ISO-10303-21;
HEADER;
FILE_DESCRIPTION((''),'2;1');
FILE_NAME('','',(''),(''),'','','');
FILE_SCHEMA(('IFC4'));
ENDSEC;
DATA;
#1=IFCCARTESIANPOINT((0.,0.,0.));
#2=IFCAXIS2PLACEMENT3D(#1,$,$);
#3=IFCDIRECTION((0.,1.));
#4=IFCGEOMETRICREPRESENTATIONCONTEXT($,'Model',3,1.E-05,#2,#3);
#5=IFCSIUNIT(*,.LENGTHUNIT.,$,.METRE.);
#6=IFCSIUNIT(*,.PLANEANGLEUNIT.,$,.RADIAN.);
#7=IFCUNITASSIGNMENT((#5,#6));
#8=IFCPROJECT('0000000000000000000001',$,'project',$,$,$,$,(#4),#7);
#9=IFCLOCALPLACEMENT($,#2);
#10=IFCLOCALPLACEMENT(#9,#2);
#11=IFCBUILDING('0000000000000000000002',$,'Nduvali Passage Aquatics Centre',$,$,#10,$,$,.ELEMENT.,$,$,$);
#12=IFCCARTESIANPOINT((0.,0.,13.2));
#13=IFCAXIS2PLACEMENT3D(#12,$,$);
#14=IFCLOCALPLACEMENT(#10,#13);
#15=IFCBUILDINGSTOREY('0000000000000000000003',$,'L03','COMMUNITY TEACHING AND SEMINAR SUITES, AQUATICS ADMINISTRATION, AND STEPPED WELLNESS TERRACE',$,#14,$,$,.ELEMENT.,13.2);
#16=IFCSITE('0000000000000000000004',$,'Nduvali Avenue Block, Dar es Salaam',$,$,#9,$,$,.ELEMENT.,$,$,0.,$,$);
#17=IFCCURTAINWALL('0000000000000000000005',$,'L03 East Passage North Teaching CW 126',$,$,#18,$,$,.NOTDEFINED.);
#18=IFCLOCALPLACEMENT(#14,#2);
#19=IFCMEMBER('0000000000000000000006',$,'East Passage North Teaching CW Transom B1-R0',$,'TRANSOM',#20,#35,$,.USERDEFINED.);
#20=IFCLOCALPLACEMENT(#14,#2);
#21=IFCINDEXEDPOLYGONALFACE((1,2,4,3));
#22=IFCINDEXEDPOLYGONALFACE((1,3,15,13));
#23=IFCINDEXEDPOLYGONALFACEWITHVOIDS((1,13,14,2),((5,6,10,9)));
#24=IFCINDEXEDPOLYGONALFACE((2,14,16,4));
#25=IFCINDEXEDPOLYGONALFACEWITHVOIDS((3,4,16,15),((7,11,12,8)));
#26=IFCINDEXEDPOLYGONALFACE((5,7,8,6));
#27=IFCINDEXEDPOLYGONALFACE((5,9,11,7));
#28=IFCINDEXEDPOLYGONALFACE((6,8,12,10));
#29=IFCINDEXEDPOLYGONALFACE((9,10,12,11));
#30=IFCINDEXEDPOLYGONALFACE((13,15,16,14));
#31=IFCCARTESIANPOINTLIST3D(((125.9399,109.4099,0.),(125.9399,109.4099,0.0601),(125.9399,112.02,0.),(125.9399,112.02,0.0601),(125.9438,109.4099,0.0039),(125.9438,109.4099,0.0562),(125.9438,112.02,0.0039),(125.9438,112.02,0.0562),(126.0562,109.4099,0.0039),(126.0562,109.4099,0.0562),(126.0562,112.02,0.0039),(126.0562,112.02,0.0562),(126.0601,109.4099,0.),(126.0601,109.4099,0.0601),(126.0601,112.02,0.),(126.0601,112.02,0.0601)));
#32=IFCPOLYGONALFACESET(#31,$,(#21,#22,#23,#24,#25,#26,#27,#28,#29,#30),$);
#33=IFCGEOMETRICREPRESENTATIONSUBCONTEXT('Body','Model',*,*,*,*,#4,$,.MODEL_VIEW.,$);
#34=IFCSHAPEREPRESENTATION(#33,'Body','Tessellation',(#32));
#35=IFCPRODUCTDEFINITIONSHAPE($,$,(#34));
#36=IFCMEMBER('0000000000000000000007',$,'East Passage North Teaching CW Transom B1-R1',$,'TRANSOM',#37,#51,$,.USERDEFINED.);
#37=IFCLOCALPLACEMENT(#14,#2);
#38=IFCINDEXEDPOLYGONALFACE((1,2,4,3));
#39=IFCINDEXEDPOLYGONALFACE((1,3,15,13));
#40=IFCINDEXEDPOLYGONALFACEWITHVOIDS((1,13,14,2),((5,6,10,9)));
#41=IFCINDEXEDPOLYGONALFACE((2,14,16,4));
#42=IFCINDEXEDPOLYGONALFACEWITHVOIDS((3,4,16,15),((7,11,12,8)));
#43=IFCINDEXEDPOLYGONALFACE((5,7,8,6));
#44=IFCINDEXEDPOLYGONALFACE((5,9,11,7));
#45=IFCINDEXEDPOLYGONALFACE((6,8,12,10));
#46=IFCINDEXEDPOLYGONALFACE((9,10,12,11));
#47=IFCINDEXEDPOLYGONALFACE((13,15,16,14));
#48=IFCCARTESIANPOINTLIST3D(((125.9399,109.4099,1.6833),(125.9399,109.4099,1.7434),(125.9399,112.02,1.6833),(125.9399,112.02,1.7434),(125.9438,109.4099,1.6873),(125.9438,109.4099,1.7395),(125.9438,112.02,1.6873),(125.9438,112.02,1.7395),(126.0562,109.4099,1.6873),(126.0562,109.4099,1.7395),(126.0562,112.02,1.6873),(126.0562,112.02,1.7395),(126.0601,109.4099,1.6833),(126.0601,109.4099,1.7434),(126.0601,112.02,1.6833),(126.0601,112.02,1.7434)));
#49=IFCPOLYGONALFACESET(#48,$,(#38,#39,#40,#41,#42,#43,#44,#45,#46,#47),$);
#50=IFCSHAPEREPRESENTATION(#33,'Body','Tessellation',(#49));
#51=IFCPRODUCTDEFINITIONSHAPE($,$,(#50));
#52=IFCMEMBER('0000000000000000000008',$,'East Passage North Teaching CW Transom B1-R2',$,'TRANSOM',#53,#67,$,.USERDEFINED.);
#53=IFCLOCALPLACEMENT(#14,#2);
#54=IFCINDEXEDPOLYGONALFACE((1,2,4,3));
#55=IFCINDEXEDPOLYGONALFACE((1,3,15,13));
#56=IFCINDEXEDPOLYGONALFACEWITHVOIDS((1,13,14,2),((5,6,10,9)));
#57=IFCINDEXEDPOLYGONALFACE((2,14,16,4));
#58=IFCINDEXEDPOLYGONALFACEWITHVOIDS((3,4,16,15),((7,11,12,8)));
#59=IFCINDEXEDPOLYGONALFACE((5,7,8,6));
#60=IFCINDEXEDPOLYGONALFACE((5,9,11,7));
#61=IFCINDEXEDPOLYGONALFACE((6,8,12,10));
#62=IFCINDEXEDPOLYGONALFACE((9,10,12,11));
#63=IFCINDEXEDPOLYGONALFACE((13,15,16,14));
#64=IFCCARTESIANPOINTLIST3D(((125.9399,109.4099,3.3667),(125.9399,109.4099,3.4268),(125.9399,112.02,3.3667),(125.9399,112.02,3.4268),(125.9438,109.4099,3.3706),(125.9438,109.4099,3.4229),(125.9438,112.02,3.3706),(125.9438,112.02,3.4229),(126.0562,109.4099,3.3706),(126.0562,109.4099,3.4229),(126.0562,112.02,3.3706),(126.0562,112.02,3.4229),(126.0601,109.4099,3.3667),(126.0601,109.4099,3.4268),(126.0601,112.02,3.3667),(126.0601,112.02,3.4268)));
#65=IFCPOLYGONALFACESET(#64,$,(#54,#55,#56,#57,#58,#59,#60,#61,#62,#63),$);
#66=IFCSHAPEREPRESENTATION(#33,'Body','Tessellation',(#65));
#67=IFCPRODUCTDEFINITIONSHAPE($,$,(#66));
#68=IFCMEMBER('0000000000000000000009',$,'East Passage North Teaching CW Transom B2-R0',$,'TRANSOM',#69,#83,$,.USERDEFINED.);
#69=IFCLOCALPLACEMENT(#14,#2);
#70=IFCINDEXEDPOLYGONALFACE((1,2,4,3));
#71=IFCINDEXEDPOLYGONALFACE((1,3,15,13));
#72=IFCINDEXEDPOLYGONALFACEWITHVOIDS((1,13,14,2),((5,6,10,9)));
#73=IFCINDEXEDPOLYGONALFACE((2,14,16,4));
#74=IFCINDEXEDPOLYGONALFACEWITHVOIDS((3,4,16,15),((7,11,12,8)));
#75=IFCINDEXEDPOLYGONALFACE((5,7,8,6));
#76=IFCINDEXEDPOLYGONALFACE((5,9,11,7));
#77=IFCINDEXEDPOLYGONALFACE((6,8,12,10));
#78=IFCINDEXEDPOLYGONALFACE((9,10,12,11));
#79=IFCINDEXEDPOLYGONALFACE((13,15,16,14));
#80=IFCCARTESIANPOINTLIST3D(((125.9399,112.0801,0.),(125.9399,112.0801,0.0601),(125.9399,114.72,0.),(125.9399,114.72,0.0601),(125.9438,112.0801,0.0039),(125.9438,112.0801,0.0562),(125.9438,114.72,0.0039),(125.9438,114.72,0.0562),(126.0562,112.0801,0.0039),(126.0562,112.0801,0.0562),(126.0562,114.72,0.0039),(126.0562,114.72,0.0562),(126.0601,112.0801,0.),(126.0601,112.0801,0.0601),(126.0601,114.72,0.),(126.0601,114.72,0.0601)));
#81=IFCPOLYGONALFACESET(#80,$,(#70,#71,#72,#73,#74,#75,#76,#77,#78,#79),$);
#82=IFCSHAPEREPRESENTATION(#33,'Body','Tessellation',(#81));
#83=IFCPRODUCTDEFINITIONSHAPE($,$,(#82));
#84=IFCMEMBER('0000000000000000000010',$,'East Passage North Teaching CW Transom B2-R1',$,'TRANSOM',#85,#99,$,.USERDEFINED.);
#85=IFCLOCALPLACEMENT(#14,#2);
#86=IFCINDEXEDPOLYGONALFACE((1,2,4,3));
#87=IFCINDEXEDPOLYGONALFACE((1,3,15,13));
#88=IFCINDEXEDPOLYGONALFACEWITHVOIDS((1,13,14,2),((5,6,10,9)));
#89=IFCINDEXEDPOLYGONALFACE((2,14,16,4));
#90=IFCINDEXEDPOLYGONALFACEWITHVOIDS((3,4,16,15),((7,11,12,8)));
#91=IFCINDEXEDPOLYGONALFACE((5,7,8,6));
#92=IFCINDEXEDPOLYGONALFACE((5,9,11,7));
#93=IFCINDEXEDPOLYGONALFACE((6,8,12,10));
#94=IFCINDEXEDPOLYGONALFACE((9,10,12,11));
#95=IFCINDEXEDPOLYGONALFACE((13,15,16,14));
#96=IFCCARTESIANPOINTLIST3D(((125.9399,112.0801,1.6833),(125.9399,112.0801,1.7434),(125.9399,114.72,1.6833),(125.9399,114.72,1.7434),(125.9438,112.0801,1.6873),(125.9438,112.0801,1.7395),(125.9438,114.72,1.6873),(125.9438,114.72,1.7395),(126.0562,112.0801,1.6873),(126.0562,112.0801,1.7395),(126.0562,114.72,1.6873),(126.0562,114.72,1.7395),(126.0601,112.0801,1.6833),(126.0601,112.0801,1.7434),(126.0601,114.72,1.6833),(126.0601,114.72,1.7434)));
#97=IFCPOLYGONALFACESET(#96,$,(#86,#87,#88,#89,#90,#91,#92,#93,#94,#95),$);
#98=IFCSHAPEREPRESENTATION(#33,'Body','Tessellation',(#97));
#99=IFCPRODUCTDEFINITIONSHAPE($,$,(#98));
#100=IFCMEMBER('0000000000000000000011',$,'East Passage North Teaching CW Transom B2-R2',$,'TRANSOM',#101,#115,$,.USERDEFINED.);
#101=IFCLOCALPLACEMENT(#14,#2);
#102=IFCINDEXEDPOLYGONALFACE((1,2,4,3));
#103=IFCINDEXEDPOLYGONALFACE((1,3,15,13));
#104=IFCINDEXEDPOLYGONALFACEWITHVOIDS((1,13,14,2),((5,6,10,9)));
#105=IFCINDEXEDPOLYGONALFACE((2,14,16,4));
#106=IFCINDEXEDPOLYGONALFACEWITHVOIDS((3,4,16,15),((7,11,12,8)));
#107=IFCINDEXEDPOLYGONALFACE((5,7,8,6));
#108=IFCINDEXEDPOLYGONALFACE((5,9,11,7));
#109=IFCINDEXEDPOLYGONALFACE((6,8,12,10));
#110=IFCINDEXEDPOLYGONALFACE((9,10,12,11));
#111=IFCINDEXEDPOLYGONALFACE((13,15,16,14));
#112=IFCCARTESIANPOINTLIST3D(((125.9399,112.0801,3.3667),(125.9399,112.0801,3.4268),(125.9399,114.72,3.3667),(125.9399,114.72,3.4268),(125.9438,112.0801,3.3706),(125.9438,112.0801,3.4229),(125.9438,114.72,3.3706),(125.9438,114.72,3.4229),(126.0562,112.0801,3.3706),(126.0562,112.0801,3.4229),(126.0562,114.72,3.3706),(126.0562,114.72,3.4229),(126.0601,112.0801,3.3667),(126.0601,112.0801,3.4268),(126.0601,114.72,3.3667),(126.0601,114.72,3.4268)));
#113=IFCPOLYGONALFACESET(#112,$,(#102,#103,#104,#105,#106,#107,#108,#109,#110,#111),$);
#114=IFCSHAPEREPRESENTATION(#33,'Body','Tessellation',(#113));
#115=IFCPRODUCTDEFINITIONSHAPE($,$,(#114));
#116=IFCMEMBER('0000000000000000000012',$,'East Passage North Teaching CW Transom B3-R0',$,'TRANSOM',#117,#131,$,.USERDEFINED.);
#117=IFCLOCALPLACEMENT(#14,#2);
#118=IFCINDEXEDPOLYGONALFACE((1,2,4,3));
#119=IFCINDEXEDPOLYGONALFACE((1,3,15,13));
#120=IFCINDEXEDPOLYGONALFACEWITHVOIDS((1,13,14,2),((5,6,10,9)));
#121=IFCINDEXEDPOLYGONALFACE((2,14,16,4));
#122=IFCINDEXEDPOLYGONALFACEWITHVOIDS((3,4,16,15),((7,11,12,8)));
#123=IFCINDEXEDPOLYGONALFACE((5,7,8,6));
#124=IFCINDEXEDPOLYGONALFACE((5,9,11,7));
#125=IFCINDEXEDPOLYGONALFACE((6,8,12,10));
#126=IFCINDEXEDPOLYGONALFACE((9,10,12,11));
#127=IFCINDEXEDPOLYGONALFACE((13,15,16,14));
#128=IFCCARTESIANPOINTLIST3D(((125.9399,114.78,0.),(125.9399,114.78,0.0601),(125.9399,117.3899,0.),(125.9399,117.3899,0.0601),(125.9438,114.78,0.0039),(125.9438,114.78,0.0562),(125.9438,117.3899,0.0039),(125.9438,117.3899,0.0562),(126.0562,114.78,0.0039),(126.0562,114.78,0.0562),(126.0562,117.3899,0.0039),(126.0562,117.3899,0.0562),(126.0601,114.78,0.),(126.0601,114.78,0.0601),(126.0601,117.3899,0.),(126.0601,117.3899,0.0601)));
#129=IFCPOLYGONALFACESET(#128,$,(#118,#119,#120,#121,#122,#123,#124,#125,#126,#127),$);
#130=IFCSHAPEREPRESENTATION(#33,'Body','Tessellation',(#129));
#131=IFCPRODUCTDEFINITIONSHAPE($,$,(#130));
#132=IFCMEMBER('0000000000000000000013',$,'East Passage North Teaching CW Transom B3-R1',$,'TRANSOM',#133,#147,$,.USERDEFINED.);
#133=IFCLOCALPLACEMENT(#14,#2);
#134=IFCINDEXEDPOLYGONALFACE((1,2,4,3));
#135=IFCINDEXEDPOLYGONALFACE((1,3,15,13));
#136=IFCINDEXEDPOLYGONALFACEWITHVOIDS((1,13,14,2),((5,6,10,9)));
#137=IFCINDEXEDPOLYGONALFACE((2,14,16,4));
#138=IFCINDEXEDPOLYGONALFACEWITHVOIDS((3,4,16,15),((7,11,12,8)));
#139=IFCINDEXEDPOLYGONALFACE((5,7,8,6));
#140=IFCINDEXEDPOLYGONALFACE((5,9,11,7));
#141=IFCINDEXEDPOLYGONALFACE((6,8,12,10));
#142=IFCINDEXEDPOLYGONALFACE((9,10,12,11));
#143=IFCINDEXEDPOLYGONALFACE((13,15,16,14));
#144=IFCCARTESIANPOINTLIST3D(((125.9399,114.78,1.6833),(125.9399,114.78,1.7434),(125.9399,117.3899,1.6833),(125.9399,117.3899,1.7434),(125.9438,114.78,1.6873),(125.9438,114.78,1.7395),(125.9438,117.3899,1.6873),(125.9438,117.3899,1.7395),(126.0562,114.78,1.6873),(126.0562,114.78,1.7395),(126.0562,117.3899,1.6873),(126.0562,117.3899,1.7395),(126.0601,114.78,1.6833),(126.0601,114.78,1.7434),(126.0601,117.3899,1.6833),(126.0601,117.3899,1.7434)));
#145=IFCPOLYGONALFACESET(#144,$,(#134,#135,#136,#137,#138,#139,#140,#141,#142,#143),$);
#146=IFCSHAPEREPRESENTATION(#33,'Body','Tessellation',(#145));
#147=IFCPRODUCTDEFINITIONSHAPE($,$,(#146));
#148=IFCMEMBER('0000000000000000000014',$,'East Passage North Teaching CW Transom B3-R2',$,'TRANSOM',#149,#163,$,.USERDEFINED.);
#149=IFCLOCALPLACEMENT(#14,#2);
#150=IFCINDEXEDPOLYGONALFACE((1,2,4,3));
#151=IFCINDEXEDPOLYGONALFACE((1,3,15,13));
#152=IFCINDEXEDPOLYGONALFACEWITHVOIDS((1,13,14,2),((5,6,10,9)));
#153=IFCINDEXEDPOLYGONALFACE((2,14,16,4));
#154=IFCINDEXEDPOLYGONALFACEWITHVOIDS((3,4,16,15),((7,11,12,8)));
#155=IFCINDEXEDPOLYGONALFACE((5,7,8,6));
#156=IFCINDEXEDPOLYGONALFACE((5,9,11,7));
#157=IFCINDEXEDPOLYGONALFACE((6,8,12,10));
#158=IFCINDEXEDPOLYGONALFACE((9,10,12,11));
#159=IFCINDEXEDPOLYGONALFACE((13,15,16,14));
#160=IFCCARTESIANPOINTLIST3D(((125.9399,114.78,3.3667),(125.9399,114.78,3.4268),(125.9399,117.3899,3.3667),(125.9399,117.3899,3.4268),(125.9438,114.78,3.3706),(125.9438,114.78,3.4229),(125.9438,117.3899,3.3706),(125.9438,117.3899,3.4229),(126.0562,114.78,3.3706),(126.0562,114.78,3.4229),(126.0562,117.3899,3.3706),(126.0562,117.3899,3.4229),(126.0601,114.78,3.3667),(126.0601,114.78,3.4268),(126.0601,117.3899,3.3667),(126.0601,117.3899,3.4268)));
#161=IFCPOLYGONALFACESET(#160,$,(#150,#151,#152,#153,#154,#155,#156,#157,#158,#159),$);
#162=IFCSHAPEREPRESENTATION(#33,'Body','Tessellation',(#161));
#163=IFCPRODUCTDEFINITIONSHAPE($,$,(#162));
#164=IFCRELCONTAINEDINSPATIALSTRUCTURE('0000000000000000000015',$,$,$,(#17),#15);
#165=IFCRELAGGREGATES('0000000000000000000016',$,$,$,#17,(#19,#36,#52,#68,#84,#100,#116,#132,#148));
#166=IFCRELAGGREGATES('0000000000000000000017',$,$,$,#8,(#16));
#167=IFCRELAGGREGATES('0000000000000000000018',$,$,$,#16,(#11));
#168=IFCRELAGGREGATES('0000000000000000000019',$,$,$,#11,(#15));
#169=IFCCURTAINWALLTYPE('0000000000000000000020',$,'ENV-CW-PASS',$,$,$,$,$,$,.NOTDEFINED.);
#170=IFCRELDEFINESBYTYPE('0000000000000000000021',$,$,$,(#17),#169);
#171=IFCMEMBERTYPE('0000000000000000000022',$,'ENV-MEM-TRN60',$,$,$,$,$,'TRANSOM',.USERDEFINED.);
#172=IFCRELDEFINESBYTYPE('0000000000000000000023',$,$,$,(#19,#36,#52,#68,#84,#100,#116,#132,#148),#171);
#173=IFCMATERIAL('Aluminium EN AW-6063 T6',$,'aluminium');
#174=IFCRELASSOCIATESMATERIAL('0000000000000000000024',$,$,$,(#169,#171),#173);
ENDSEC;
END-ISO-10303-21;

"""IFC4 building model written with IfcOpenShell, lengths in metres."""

from ifc_helpers import new_model, si_unit, direction, frame, origin, origin_2d, place, context, subcontext, project, spatial, hollow_rectangle, extrude, material, material_profile, profile_set, type_object, element, aggregate, save


model = new_model("IFC4")

# Units and contexts
model_context = context("Model", 3, precision=1e-05, world=origin(), true_north=direction((0.0, 1.0)))
body_context = subcontext(model_context, "Body", "Model", "MODEL_VIEW")
ifc_project = project(units=[si_unit("LENGTHUNIT", "METRE"), si_unit("PLANEANGLEUNIT", "RADIAN")], contexts=[model_context])

# Site, building, storey
site_placement = place(None, origin())
site = spatial("IfcSite", under=ifc_project, at=site_placement, Name="Nduvali Avenue Block, Dar es Salaam", CompositionType="ELEMENT", RefElevation=0.0)
building_placement = place(site_placement, origin())
building = spatial("IfcBuilding", under=site, at=building_placement, Name="Nduvali Passage Aquatics Centre", CompositionType="ELEMENT")
storey_placement = place(building_placement, frame((0.0, 0.0, 13.2)))
storey = spatial("IfcBuildingStorey", under=building, at=storey_placement, Name="L03", Description="COMMUNITY TEACHING AND SEMINAR SUITES, AQUATICS ADMINISTRATION, AND STEPPED WELLNESS TERRACE", CompositionType="ELEMENT", Elevation=13.2)

# Shared definitions
ifc_material_1 = material(Name="Aluminium EN AW-6063 T6", Category="aluminium")
curtain_wall_type = type_object("IfcCurtainWallType", Name="ENV-CW-PASS", PredefinedType="NOTDEFINED", material=ifc_material_1)

# Curtain wall, members
curtain_wall_1_placement = place(storey_placement, origin())
curtain_wall_1 = element("IfcCurtainWall", 1, at=curtain_wall_1_placement, inside=storey, type_object=curtain_wall_type, Name="L03 East Passage North Teaching CW 126", PredefinedType="NOTDEFINED")
ifc_material_profile_1 = material_profile(ifc_material_1, hollow_rectangle(XDim=0.1201, YDim=0.0601, WallThickness=0.0039, at=origin_2d()), Name="ALU TRANSOM 120x60x4")
ifc_profile_set_1 = profile_set([ifc_material_profile_1], Name="Aluminium EN AW-6063 T6")
member_type_1 = type_object("IfcMemberType", Name="ENV-MEM-TRN60", ElementType="TRANSOM", PredefinedType="USERDEFINED", material=ifc_profile_set_1)
member_1_placement = place(storey_placement, frame((126.0, 109.4099, 0.03), z_axis=(0.0, 1.0, 0.0), x_axis=(-1.0, 0.0, 0.0)))
member_1 = element("IfcMember", 2, at=member_1_placement, type_object=member_type_1, Name="East Passage North Teaching CW Transom B1-R0", ObjectType="TRANSOM", PredefinedType="USERDEFINED", context=body_context, shape_type="SweptSolid", body=[
    extrude(hollow_rectangle(XDim=0.1201, YDim=0.0601, WallThickness=0.0039, at=origin_2d()), origin(), (0.0, 0.0, 1.0), 2.6101),
])
member_2_placement = place(storey_placement, frame((126.0, 109.4099, 1.7134), z_axis=(0.0, 1.0, 0.0), x_axis=(-1.0, 0.0, 0.0)))
member_2 = element("IfcMember", 3, at=member_2_placement, type_object=member_type_1, Name="East Passage North Teaching CW Transom B1-R1", ObjectType="TRANSOM", PredefinedType="USERDEFINED", context=body_context, shape_type="SweptSolid", body=[
    extrude(hollow_rectangle(XDim=0.1201, YDim=0.0601, WallThickness=0.0039, at=origin_2d()), origin(), (0.0, 0.0, 1.0), 2.6101),
])
member_3_placement = place(storey_placement, frame((126.0, 109.4099, 3.3967), z_axis=(0.0, 1.0, 0.0), x_axis=(-1.0, 0.0, 0.0)))
member_3 = element("IfcMember", 4, at=member_3_placement, type_object=member_type_1, Name="East Passage North Teaching CW Transom B1-R2", ObjectType="TRANSOM", PredefinedType="USERDEFINED", context=body_context, shape_type="SweptSolid", body=[
    extrude(hollow_rectangle(XDim=0.1201, YDim=0.0601, WallThickness=0.0039, at=origin_2d()), origin(), (0.0, 0.0, 1.0), 2.6101),
])
member_4_placement = place(storey_placement, frame((126.0, 112.0801, 0.03), z_axis=(0.0, 1.0, 0.0), x_axis=(-1.0, 0.0, 0.0)))
member_4 = element("IfcMember", 5, at=member_4_placement, type_object=member_type_1, Name="East Passage North Teaching CW Transom B2-R0", ObjectType="TRANSOM", PredefinedType="USERDEFINED", context=body_context, shape_type="SweptSolid", body=[
    extrude(hollow_rectangle(XDim=0.1201, YDim=0.0601, WallThickness=0.0039, at=origin_2d()), origin(), (0.0, 0.0, 1.0), 2.6399),
])
member_5_placement = place(storey_placement, frame((126.0, 112.0801, 1.7134), z_axis=(0.0, 1.0, 0.0), x_axis=(-1.0, 0.0, 0.0)))
member_5 = element("IfcMember", 6, at=member_5_placement, type_object=member_type_1, Name="East Passage North Teaching CW Transom B2-R1", ObjectType="TRANSOM", PredefinedType="USERDEFINED", context=body_context, shape_type="SweptSolid", body=[
    extrude(hollow_rectangle(XDim=0.1201, YDim=0.0601, WallThickness=0.0039, at=origin_2d()), origin(), (0.0, 0.0, 1.0), 2.6399),
])
member_6_placement = place(storey_placement, frame((126.0, 112.0801, 3.3967), z_axis=(0.0, 1.0, 0.0), x_axis=(-1.0, 0.0, 0.0)))
member_6 = element("IfcMember", 7, at=member_6_placement, type_object=member_type_1, Name="East Passage North Teaching CW Transom B2-R2", ObjectType="TRANSOM", PredefinedType="USERDEFINED", context=body_context, shape_type="SweptSolid", body=[
    extrude(hollow_rectangle(XDim=0.1201, YDim=0.0601, WallThickness=0.0039, at=origin_2d()), origin(), (0.0, 0.0, 1.0), 2.6399),
])
member_7_placement = place(storey_placement, frame((126.0, 114.78, 0.03), z_axis=(0.0, 1.0, 0.0), x_axis=(-1.0, 0.0, 0.0)))
member_7 = element("IfcMember", 8, at=member_7_placement, type_object=member_type_1, Name="East Passage North Teaching CW Transom B3-R0", ObjectType="TRANSOM", PredefinedType="USERDEFINED", context=body_context, shape_type="SweptSolid", body=[
    extrude(hollow_rectangle(XDim=0.1201, YDim=0.0601, WallThickness=0.0039, at=origin_2d()), origin(), (0.0, 0.0, 1.0), 2.6099),
])
member_8_placement = place(storey_placement, frame((126.0, 114.78, 1.7134), z_axis=(0.0, 1.0, 0.0), x_axis=(-1.0, 0.0, 0.0)))
member_8 = element("IfcMember", 9, at=member_8_placement, type_object=member_type_1, Name="East Passage North Teaching CW Transom B3-R1", ObjectType="TRANSOM", PredefinedType="USERDEFINED", context=body_context, shape_type="SweptSolid", body=[
    extrude(hollow_rectangle(XDim=0.1201, YDim=0.0601, WallThickness=0.0039, at=origin_2d()), origin(), (0.0, 0.0, 1.0), 2.6099),
])
member_9_placement = place(storey_placement, frame((126.0, 114.78, 3.3967), z_axis=(0.0, 1.0, 0.0), x_axis=(-1.0, 0.0, 0.0)))
member_9 = element("IfcMember", 10, at=member_9_placement, type_object=member_type_1, Name="East Passage North Teaching CW Transom B3-R2", ObjectType="TRANSOM", PredefinedType="USERDEFINED", context=body_context, shape_type="SweptSolid", body=[
    extrude(hollow_rectangle(XDim=0.1201, YDim=0.0601, WallThickness=0.0039, at=origin_2d()), origin(), (0.0, 0.0, 1.0), 2.6099),
])

aggregate(curtain_wall_1, [member_1, member_2, member_3, member_4, member_5, member_6, member_7, member_8, member_9])

save(model, "model.ifc")
